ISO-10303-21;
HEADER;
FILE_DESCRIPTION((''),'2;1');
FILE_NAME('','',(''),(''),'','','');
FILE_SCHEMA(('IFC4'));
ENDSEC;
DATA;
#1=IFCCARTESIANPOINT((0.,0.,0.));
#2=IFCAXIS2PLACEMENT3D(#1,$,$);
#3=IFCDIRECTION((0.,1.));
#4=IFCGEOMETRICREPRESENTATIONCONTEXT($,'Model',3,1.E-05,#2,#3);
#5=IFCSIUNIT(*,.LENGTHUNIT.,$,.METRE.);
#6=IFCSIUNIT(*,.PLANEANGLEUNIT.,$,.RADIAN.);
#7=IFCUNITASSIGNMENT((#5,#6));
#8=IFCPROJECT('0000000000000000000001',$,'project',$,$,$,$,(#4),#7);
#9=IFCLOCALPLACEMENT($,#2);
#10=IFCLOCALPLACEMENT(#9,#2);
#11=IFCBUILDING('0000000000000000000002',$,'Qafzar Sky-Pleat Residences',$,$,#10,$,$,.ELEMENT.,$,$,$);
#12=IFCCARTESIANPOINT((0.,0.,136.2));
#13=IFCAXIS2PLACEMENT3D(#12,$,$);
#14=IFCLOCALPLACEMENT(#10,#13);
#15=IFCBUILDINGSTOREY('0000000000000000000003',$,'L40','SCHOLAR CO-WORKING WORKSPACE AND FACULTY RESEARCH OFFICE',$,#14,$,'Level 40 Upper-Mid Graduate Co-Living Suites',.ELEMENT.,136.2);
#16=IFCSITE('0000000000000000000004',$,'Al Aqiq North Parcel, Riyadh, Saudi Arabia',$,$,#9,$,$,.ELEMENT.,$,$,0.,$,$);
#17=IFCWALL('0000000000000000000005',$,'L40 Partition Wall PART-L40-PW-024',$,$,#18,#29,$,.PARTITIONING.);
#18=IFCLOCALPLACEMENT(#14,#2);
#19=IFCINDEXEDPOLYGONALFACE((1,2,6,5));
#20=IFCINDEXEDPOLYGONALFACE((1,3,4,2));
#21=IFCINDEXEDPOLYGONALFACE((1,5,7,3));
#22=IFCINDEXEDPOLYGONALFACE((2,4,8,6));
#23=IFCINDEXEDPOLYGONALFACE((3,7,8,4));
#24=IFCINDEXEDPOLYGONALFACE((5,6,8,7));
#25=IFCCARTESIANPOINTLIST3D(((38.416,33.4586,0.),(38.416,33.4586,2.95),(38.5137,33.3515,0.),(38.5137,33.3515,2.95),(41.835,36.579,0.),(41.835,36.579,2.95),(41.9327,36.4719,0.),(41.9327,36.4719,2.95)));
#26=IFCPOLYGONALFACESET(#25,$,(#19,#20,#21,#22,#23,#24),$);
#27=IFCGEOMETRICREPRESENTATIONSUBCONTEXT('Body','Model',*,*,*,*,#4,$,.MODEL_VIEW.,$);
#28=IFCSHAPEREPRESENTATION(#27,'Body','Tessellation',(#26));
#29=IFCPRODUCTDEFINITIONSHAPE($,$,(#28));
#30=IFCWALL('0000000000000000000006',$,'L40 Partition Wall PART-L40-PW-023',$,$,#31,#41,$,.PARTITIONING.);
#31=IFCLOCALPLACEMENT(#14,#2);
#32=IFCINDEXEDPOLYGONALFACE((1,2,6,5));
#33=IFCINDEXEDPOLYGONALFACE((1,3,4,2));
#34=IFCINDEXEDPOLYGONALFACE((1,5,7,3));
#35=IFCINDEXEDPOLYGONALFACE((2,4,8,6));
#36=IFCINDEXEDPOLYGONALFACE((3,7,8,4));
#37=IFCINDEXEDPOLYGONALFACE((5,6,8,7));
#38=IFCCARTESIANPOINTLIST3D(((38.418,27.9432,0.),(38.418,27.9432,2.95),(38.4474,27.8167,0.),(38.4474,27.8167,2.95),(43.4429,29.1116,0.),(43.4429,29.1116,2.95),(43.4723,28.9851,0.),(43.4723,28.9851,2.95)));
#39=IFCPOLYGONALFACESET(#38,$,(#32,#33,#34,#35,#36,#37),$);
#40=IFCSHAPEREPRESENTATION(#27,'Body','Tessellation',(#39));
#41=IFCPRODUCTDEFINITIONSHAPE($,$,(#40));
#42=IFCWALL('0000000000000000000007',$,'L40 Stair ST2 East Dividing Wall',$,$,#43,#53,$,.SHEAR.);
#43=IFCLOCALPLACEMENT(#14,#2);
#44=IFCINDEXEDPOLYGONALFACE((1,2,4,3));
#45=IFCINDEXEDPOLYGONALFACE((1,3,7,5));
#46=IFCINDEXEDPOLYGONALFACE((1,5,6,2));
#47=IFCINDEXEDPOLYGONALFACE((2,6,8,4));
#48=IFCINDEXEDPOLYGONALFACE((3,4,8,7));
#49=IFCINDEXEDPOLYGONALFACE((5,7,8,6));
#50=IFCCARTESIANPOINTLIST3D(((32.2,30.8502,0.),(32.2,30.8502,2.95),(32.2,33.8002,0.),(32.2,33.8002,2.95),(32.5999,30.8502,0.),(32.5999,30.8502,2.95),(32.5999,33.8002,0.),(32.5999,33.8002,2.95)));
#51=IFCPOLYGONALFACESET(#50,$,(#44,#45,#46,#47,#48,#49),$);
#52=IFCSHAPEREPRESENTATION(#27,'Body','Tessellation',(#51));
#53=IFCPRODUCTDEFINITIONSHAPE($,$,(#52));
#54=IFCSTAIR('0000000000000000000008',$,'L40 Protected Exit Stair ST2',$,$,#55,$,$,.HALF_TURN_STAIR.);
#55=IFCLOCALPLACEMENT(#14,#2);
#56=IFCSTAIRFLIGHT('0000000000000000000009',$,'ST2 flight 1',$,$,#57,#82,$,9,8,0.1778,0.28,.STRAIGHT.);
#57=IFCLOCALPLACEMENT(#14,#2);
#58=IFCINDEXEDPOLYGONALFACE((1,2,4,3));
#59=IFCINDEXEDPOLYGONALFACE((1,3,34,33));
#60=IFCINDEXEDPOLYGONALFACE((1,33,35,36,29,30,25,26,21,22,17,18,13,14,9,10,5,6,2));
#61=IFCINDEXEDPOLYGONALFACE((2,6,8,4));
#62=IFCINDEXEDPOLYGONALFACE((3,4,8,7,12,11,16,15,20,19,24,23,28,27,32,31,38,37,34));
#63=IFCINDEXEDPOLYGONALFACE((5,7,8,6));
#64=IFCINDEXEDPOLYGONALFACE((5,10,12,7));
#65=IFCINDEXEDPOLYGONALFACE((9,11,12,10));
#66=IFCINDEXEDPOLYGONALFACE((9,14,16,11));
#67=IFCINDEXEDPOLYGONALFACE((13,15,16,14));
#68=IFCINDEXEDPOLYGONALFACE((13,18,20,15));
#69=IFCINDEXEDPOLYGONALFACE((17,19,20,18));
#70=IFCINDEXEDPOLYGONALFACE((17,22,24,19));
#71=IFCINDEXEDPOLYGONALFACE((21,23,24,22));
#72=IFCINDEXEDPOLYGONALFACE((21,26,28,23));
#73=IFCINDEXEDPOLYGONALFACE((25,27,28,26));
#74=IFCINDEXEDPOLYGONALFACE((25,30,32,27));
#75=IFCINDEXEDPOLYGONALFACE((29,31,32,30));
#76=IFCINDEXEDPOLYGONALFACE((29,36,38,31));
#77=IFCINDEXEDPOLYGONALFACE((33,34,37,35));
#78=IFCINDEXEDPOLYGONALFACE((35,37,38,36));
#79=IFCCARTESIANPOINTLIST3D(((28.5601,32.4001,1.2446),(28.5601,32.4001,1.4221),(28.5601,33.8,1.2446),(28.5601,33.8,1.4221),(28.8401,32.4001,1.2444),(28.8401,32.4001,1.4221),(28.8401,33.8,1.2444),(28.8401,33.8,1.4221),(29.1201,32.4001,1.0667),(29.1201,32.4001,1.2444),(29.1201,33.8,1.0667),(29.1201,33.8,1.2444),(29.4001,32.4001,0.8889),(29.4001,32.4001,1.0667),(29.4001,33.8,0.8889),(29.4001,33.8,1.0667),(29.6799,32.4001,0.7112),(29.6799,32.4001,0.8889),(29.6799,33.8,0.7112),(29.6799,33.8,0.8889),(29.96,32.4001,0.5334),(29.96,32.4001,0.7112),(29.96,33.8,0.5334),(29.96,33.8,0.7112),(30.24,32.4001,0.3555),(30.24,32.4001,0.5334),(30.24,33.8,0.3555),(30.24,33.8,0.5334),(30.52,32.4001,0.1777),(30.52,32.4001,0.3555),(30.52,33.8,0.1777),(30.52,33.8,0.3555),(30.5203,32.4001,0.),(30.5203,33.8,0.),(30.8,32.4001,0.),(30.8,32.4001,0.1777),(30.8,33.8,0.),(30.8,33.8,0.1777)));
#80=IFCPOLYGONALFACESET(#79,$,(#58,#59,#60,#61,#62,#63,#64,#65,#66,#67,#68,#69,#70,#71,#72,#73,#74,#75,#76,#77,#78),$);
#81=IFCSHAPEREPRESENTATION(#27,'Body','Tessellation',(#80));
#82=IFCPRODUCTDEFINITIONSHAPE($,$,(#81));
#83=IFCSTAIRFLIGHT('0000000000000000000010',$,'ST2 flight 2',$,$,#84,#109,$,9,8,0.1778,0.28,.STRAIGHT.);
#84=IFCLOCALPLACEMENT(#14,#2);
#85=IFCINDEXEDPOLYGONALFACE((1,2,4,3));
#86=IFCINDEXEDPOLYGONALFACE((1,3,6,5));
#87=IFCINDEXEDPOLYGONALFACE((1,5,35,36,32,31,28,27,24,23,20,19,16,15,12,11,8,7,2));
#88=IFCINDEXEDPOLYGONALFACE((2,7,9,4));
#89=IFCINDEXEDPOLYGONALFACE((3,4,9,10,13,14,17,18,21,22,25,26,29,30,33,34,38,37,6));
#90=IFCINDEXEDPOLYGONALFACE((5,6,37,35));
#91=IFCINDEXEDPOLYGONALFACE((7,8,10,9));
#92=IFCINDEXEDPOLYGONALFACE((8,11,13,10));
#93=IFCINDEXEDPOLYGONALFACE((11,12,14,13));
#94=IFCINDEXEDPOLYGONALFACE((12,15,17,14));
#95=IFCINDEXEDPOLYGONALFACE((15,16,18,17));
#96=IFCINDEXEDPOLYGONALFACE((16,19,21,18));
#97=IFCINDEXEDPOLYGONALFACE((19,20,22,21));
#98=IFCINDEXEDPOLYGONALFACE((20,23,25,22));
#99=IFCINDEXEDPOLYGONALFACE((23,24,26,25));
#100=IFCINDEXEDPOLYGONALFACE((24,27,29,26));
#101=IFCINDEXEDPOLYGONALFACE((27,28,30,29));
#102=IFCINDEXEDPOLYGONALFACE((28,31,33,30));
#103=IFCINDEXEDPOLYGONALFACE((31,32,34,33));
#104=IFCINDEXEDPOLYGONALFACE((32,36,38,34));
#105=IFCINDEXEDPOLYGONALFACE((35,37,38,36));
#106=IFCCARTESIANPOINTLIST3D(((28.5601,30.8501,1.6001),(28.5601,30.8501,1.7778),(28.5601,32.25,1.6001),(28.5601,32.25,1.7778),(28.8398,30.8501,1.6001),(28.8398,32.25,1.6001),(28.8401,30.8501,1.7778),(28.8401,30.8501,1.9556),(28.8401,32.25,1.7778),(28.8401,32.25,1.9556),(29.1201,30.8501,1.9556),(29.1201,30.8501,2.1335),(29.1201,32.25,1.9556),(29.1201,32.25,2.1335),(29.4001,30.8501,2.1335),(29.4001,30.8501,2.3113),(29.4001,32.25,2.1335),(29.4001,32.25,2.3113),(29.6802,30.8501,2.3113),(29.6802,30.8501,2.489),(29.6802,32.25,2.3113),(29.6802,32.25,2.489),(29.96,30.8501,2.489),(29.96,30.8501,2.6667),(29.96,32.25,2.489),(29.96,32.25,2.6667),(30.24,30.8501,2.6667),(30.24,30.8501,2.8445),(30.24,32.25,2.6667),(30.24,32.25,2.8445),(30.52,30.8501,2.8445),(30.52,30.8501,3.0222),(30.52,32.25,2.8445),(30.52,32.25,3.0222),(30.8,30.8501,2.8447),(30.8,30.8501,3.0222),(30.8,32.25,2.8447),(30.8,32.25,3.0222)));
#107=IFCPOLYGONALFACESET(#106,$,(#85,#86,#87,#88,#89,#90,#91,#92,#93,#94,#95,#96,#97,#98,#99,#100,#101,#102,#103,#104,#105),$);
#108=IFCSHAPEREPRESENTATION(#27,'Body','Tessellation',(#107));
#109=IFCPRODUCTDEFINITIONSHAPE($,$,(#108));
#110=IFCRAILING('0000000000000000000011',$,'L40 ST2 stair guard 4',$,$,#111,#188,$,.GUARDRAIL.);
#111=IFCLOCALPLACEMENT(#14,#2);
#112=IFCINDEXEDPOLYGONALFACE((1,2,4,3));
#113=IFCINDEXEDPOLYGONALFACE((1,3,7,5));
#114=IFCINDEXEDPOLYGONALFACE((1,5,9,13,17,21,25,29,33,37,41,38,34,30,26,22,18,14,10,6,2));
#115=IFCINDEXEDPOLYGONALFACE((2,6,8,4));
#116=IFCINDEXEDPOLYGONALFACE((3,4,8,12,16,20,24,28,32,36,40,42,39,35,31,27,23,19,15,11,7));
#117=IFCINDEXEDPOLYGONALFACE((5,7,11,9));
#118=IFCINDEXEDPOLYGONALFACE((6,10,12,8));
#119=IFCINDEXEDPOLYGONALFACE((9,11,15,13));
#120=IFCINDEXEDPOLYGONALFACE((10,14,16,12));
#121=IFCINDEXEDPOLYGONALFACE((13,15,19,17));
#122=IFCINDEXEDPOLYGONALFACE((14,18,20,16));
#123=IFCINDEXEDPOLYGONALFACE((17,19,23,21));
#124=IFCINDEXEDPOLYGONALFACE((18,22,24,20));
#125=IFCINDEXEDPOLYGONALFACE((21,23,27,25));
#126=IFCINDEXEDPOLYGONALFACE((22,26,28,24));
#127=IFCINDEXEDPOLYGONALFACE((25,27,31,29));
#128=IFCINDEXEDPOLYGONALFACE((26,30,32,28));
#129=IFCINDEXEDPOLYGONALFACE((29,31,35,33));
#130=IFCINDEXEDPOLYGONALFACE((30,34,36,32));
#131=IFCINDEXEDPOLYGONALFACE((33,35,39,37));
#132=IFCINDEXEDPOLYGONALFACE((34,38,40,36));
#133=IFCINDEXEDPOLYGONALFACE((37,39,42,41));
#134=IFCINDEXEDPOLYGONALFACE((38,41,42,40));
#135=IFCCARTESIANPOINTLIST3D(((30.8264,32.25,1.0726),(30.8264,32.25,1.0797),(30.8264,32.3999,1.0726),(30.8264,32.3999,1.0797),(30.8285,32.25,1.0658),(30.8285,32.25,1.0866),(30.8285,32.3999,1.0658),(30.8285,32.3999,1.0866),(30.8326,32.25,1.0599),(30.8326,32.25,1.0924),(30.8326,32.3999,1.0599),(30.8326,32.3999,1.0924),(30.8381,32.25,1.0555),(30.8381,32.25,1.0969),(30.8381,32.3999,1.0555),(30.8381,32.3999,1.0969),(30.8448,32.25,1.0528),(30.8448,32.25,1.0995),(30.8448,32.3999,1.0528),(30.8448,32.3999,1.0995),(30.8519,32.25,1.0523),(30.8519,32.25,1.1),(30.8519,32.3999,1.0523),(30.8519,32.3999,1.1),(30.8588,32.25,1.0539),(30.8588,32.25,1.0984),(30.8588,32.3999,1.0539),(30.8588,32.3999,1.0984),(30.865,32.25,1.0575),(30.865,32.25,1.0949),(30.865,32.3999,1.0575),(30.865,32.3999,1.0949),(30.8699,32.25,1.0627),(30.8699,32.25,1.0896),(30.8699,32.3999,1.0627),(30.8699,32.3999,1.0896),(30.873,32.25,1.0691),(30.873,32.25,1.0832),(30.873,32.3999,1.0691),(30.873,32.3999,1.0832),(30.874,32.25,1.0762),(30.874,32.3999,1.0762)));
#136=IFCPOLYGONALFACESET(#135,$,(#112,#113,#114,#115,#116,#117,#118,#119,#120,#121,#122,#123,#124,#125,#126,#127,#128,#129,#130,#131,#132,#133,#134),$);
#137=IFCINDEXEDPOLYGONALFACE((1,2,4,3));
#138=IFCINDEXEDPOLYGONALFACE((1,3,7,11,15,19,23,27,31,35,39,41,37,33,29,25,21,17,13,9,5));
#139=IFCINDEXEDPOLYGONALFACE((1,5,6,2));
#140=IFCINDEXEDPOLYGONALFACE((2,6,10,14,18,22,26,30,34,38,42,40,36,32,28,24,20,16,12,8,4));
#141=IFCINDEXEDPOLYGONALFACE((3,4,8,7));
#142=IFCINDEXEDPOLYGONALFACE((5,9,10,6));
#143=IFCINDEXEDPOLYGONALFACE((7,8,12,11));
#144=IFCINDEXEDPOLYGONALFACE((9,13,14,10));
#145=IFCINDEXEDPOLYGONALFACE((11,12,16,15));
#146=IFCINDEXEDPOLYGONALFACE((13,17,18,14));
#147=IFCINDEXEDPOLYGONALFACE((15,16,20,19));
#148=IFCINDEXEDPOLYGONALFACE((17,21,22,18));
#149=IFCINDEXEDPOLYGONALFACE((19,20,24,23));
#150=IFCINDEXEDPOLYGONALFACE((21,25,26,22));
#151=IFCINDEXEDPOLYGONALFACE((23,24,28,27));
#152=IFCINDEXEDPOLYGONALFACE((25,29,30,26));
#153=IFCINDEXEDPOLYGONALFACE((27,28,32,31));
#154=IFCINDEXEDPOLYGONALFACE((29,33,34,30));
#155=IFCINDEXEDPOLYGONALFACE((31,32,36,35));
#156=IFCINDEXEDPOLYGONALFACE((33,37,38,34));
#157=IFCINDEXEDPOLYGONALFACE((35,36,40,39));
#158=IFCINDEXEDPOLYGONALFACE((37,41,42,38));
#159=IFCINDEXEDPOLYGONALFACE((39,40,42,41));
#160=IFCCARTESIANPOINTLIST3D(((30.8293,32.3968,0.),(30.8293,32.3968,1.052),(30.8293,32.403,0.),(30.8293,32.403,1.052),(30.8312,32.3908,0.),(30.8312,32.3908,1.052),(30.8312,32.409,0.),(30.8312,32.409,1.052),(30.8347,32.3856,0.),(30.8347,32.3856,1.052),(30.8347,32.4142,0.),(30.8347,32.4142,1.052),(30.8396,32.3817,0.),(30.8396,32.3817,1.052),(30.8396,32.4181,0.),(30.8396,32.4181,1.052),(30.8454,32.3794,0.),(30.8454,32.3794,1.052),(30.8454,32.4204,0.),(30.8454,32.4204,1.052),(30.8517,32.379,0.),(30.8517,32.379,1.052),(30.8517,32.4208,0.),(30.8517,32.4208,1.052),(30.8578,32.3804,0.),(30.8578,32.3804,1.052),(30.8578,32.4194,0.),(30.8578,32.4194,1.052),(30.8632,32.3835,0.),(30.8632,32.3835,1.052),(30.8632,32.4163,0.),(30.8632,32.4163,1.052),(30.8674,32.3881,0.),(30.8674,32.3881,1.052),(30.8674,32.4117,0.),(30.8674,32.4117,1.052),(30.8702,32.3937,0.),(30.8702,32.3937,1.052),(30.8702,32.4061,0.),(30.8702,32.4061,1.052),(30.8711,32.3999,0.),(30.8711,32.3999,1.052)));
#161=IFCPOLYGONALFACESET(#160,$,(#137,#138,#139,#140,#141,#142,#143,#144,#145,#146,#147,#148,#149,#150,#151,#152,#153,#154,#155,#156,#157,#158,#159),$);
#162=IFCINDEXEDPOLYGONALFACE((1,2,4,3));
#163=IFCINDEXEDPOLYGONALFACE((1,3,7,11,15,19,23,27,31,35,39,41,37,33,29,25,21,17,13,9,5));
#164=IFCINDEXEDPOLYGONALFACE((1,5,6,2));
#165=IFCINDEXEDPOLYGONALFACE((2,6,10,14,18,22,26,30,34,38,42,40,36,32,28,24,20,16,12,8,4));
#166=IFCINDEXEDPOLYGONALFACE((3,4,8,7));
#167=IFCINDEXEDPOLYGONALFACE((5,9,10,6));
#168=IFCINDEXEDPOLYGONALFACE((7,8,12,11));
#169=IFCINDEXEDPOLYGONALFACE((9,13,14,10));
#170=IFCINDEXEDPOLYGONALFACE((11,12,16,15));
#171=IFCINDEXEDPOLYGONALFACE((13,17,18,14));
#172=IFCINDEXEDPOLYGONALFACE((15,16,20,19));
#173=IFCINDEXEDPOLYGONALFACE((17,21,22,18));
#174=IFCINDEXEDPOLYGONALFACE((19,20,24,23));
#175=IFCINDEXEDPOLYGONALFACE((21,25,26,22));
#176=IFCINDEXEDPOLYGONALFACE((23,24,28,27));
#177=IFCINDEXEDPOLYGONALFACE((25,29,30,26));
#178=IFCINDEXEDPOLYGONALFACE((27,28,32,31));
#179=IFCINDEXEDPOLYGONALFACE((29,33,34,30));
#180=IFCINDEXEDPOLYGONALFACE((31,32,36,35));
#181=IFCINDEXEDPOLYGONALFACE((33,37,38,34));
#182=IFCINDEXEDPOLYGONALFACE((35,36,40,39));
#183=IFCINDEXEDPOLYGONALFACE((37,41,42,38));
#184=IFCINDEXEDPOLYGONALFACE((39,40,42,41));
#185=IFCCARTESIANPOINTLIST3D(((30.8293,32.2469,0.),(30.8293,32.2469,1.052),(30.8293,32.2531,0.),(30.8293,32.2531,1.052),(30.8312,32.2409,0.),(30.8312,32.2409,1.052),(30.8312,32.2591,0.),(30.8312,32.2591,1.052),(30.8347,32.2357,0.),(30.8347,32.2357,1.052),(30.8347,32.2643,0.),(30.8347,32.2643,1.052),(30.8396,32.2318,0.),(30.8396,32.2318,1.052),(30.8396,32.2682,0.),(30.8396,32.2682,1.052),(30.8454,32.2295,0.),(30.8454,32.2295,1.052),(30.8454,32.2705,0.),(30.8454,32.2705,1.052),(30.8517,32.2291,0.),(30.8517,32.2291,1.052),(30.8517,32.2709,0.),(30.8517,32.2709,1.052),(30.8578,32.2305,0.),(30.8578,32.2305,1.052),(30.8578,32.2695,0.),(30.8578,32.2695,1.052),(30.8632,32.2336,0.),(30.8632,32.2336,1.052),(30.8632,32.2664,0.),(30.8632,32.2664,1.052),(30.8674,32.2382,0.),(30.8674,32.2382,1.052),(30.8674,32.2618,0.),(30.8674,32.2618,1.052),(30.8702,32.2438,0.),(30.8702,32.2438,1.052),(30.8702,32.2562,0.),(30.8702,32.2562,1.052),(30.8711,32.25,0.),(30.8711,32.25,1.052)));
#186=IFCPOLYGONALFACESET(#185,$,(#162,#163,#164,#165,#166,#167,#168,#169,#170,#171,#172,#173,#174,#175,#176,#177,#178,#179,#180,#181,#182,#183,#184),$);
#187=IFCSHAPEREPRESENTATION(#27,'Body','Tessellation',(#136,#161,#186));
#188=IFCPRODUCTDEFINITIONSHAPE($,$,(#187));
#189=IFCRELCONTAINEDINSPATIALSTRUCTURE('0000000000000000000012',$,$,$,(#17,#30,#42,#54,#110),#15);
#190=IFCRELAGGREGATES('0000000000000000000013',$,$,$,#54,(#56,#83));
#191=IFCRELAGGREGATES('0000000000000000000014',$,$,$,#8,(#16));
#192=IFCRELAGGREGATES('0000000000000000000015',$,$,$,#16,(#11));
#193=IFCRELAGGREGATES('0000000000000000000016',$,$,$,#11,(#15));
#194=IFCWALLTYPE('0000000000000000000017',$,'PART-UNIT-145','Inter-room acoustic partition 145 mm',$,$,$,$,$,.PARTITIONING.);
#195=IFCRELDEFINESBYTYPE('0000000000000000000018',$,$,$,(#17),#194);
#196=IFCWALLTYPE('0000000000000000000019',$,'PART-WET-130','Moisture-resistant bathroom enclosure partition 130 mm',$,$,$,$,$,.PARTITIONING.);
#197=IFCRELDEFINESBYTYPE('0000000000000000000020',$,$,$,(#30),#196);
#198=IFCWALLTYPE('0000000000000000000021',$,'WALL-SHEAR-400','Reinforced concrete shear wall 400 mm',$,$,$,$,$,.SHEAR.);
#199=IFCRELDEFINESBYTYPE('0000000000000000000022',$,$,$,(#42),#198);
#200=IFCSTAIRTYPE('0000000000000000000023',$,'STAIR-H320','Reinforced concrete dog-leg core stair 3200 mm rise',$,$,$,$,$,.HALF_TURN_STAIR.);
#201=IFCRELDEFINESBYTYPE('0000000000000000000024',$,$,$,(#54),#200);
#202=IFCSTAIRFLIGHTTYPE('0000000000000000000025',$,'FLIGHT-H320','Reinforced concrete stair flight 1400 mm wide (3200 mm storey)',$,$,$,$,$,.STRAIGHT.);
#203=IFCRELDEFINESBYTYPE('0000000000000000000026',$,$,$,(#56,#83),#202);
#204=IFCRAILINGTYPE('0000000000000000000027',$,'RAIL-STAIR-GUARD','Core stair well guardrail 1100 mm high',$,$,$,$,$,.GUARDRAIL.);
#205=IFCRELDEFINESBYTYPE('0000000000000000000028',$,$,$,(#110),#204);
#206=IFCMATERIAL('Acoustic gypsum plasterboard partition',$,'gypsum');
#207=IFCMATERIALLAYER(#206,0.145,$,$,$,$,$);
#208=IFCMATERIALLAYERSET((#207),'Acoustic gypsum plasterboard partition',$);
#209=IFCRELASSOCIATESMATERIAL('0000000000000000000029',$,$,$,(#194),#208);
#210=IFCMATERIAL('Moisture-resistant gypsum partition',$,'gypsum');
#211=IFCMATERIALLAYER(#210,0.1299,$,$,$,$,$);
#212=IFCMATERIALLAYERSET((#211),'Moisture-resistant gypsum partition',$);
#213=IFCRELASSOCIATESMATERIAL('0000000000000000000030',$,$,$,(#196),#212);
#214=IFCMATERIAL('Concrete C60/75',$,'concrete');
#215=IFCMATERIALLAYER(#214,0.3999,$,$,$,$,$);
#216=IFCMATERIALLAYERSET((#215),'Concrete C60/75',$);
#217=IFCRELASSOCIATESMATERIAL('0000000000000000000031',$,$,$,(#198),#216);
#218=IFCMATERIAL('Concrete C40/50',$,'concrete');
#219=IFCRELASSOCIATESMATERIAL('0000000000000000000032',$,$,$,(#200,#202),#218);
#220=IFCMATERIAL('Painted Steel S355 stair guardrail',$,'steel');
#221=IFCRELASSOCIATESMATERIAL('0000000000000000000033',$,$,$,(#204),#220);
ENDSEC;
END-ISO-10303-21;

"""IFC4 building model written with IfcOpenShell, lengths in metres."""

from ifc_helpers import new_model, si_unit, direction, frame, frame_2d, origin, origin_2d, place, context, subcontext, project, spatial, polyline, rectangle, circle, outline, extrude, source, transform, mapped, material, layer, layer_set, type_object, element, aggregate, save


model = new_model("IFC4")

# Units and contexts
model_context = context("Model", 3, precision=1e-05, world=origin(), true_north=direction((0.0, 1.0)))
body_context = subcontext(model_context, "Body", "Model", "MODEL_VIEW")
ifc_project = project(units=[si_unit("LENGTHUNIT", "METRE"), si_unit("PLANEANGLEUNIT", "RADIAN")], contexts=[model_context])

# Site, building, storey
site_placement = place(None, origin())
site = spatial("IfcSite", under=ifc_project, at=site_placement, Name="Al Aqiq North Parcel, Riyadh, Saudi Arabia", CompositionType="ELEMENT", RefElevation=0.0)
building_placement = place(site_placement, origin())
building = spatial("IfcBuilding", under=site, at=building_placement, Name="Qafzar Sky-Pleat Residences", CompositionType="ELEMENT")
storey_placement = place(building_placement, frame((0.0, 0.0, 136.2)))
storey = spatial("IfcBuildingStorey", under=building, at=storey_placement, Name="L40", Description="SCHOLAR CO-WORKING WORKSPACE AND FACULTY RESEARCH OFFICE", LongName="Level 40 Upper-Mid Graduate Co-Living Suites", CompositionType="ELEMENT", Elevation=136.2)

# Shared definitions
ifc_material_1 = material(Name="Acoustic gypsum plasterboard partition", Category="gypsum")

# Walls
ifc_layer_1 = layer(ifc_material_1, 0.145)
ifc_layer_set_1 = layer_set([ifc_layer_1], Name="Acoustic gypsum plasterboard partition")
wall_type_1 = type_object("IfcWallType", Name="PART-UNIT-145", Description="Inter-room acoustic partition 145 mm", PredefinedType="PARTITIONING", material=ifc_layer_set_1)
wall_1_placement = place(storey_placement, frame((38.4648, 33.405, 0.0), z_axis=(0.0, 0.0, 1.0), x_axis=(0.738624, 0.674118, 0.0)))
element("IfcWall", 1, at=wall_1_placement, inside=storey, type_object=wall_type_1, Name="L40 Partition Wall PART-L40-PW-024", PredefinedType="PARTITIONING", context=body_context, shape_type="SweptSolid", body=[
    extrude(rectangle(XDim=4.6289, YDim=0.145, at=frame_2d((2.3145, 0.0))), origin(), (0.0, 0.0, 1.0), 2.95),
])
ifc_material_2 = material(Name="Moisture-resistant gypsum partition", Category="gypsum")
ifc_layer_2 = layer(ifc_material_2, 0.1299)
ifc_layer_set_2 = layer_set([ifc_layer_2], Name="Moisture-resistant gypsum partition")
wall_type_2 = type_object("IfcWallType", Name="PART-WET-130", Description="Moisture-resistant bathroom enclosure partition 130 mm", PredefinedType="PARTITIONING", material=ifc_layer_set_2)
wall_2_placement = place(storey_placement, frame((38.4326, 27.8799, 0.0), z_axis=(0.0, 0.0, 1.0), x_axis=(0.974013, 0.226491, 0.0)))
element("IfcWall", 2, at=wall_2_placement, inside=storey, type_object=wall_type_2, Name="L40 Partition Wall PART-L40-PW-023", PredefinedType="PARTITIONING", context=body_context, shape_type="SweptSolid", body=[
    extrude(rectangle(XDim=5.1589, YDim=0.1299, at=frame_2d((2.5796, 0.0))), origin(), (0.0, 0.0, 1.0), 2.95),
])
ifc_material_3 = material(Name="Concrete C60/75", Category="concrete")
ifc_layer_3 = layer(ifc_material_3, 0.3999)
ifc_layer_set_3 = layer_set([ifc_layer_3], Name="Concrete C60/75")
wall_type_3 = type_object("IfcWallType", Name="WALL-SHEAR-400", Description="Reinforced concrete shear wall 400 mm", PredefinedType="SHEAR", material=ifc_layer_set_3)
wall_3_placement = place(storey_placement, frame((32.3999, 30.8501, 0.0), z_axis=(0.0, 0.0, 1.0), x_axis=(0.0, 1.0, 0.0)))
element("IfcWall", 3, at=wall_3_placement, inside=storey, type_object=wall_type_3, Name="L40 Stair ST2 East Dividing Wall", PredefinedType="SHEAR", context=body_context, shape_type="SweptSolid", body=[
    extrude(rectangle(XDim=2.95, YDim=0.3999, at=frame_2d((1.4751, 0.0))), origin(), (0.0, 0.0, 1.0), 2.95),
])

# Stair, stair flights
ifc_material_4 = material(Name="Concrete C40/50", Category="concrete")
stair_type = type_object("IfcStairType", Name="STAIR-H320", Description="Reinforced concrete dog-leg core stair 3200 mm rise", PredefinedType="HALF_TURN_STAIR", material=ifc_material_4)
stair_placement = place(storey_placement, origin())
stair = element("IfcStair", 4, at=stair_placement, inside=storey, type_object=stair_type, Name="L40 Protected Exit Stair ST2", PredefinedType="HALF_TURN_STAIR")
stair_flight_type = type_object("IfcStairFlightType", Name="FLIGHT-H320", Description="Reinforced concrete stair flight 1400 mm wide (3200 mm storey)", PredefinedType="STRAIGHT", material=ifc_material_4)
shared_shape_1 = source(origin(), body_context, "Body", "SweptSolid", [
    extrude(outline(polyline([(0.0, 0.0), (0.0, 0.1777), (0.28, 0.1777), (0.28, 0.3555), (0.5601, 0.3555), (0.5601, 0.5334), (0.8401, 0.5334), (0.8401, 0.7112), (1.1201, 0.7112), (1.1201, 0.8889), (1.3999, 0.8889), (1.3999, 1.0667), (1.6799, 1.0667), (1.6799, 1.2444), (1.96, 1.2444), (1.96, 1.4221), (2.24, 1.4221), (2.24, 1.6001), (2.24, 1.2446), (0.2798, 0.0), (0.0, 0.0)])), frame((0.0, 0.7, 0.0), z_axis=(0.0, -1.0, 0.0), x_axis=(1.0, 0.0, 0.0)), (0.0, 0.0, 1.0), 1.3999),
])
stair_flight_1_placement = place(storey_placement, frame((30.8, 33.1001, 0.0), z_axis=(0.0, 0.0, 1.0), x_axis=(-1.0, 0.0, 0.0)))
stair_flight_1 = element("IfcStairFlight", 5, at=stair_flight_1_placement, type_object=stair_flight_type, Name="ST2 flight 1", NumberOfRisers=9, NumberOfTreads=8, PredefinedType="STRAIGHT", RiserHeight=0.1778, TreadLength=0.28, context=body_context, shape_type="MappedRepresentation", body=[
    mapped(shared_shape_1, transform((0.0, 0.0, 0.0), x_axis=(1.0, 0.0, 0.0), y_axis=(0.0, 1.0, 0.0), z_axis=(0.0, 0.0, 1.0), scale=1.0)),
])
stair_flight_2_placement = place(storey_placement, frame((28.5601, 31.55, 1.6001), z_axis=(0.0, 0.0, 1.0), x_axis=(1.0, 0.0, 0.0)))
stair_flight_2 = element("IfcStairFlight", 6, at=stair_flight_2_placement, type_object=stair_flight_type, Name="ST2 flight 2", NumberOfRisers=9, NumberOfTreads=8, PredefinedType="STRAIGHT", RiserHeight=0.1778, TreadLength=0.28, context=body_context, shape_type="MappedRepresentation", body=[
    mapped(shared_shape_1, transform((0.0, 0.0, 0.0), x_axis=(1.0, 0.0, 0.0), y_axis=(0.0, 1.0, 0.0), z_axis=(0.0, 0.0, 1.0), scale=1.0)),
])
aggregate(stair, [stair_flight_1, stair_flight_2])

# Railing
ifc_material_5 = material(Name="Painted Steel S355 stair guardrail", Category="steel")
railing_type_1 = type_object("IfcRailingType", Name="RAIL-STAIR-GUARD", Description="Core stair well guardrail 1100 mm high", PredefinedType="GUARDRAIL", material=ifc_material_5)
shared_shape_2 = source(origin(), body_context, "Body", "SweptSolid", [
    extrude(circle(Radius=0.0239, at=origin_2d()), frame((0.0, 0.0, 1.0762), z_axis=(0.0, -1.0, 0.0), x_axis=(1.0, 0.0, 0.0)), (0.0, 0.0, 1.0), 0.1499),
    extrude(circle(Radius=0.021, at=origin_2d()), origin(), (0.0, 0.0, 1.0), 1.052),
    extrude(circle(Radius=0.021, at=origin_2d()), frame((0.0, -0.1499, 0.0)), (0.0, 0.0, 1.0), 1.052),
])
railing_1_placement = place(storey_placement, frame((30.8501, 32.3999, 0.0)))
element("IfcRailing", 7, at=railing_1_placement, inside=storey, type_object=railing_type_1, Name="L40 ST2 stair guard 4", PredefinedType="GUARDRAIL", context=body_context, shape_type="MappedRepresentation", body=[
    mapped(shared_shape_2, transform((0.0, 0.0, 0.0), x_axis=(1.0, 0.0, 0.0), y_axis=(0.0, 1.0, 0.0), z_axis=(0.0, 0.0, 1.0), scale=1.0)),
])

save(model, "model.ifc")
